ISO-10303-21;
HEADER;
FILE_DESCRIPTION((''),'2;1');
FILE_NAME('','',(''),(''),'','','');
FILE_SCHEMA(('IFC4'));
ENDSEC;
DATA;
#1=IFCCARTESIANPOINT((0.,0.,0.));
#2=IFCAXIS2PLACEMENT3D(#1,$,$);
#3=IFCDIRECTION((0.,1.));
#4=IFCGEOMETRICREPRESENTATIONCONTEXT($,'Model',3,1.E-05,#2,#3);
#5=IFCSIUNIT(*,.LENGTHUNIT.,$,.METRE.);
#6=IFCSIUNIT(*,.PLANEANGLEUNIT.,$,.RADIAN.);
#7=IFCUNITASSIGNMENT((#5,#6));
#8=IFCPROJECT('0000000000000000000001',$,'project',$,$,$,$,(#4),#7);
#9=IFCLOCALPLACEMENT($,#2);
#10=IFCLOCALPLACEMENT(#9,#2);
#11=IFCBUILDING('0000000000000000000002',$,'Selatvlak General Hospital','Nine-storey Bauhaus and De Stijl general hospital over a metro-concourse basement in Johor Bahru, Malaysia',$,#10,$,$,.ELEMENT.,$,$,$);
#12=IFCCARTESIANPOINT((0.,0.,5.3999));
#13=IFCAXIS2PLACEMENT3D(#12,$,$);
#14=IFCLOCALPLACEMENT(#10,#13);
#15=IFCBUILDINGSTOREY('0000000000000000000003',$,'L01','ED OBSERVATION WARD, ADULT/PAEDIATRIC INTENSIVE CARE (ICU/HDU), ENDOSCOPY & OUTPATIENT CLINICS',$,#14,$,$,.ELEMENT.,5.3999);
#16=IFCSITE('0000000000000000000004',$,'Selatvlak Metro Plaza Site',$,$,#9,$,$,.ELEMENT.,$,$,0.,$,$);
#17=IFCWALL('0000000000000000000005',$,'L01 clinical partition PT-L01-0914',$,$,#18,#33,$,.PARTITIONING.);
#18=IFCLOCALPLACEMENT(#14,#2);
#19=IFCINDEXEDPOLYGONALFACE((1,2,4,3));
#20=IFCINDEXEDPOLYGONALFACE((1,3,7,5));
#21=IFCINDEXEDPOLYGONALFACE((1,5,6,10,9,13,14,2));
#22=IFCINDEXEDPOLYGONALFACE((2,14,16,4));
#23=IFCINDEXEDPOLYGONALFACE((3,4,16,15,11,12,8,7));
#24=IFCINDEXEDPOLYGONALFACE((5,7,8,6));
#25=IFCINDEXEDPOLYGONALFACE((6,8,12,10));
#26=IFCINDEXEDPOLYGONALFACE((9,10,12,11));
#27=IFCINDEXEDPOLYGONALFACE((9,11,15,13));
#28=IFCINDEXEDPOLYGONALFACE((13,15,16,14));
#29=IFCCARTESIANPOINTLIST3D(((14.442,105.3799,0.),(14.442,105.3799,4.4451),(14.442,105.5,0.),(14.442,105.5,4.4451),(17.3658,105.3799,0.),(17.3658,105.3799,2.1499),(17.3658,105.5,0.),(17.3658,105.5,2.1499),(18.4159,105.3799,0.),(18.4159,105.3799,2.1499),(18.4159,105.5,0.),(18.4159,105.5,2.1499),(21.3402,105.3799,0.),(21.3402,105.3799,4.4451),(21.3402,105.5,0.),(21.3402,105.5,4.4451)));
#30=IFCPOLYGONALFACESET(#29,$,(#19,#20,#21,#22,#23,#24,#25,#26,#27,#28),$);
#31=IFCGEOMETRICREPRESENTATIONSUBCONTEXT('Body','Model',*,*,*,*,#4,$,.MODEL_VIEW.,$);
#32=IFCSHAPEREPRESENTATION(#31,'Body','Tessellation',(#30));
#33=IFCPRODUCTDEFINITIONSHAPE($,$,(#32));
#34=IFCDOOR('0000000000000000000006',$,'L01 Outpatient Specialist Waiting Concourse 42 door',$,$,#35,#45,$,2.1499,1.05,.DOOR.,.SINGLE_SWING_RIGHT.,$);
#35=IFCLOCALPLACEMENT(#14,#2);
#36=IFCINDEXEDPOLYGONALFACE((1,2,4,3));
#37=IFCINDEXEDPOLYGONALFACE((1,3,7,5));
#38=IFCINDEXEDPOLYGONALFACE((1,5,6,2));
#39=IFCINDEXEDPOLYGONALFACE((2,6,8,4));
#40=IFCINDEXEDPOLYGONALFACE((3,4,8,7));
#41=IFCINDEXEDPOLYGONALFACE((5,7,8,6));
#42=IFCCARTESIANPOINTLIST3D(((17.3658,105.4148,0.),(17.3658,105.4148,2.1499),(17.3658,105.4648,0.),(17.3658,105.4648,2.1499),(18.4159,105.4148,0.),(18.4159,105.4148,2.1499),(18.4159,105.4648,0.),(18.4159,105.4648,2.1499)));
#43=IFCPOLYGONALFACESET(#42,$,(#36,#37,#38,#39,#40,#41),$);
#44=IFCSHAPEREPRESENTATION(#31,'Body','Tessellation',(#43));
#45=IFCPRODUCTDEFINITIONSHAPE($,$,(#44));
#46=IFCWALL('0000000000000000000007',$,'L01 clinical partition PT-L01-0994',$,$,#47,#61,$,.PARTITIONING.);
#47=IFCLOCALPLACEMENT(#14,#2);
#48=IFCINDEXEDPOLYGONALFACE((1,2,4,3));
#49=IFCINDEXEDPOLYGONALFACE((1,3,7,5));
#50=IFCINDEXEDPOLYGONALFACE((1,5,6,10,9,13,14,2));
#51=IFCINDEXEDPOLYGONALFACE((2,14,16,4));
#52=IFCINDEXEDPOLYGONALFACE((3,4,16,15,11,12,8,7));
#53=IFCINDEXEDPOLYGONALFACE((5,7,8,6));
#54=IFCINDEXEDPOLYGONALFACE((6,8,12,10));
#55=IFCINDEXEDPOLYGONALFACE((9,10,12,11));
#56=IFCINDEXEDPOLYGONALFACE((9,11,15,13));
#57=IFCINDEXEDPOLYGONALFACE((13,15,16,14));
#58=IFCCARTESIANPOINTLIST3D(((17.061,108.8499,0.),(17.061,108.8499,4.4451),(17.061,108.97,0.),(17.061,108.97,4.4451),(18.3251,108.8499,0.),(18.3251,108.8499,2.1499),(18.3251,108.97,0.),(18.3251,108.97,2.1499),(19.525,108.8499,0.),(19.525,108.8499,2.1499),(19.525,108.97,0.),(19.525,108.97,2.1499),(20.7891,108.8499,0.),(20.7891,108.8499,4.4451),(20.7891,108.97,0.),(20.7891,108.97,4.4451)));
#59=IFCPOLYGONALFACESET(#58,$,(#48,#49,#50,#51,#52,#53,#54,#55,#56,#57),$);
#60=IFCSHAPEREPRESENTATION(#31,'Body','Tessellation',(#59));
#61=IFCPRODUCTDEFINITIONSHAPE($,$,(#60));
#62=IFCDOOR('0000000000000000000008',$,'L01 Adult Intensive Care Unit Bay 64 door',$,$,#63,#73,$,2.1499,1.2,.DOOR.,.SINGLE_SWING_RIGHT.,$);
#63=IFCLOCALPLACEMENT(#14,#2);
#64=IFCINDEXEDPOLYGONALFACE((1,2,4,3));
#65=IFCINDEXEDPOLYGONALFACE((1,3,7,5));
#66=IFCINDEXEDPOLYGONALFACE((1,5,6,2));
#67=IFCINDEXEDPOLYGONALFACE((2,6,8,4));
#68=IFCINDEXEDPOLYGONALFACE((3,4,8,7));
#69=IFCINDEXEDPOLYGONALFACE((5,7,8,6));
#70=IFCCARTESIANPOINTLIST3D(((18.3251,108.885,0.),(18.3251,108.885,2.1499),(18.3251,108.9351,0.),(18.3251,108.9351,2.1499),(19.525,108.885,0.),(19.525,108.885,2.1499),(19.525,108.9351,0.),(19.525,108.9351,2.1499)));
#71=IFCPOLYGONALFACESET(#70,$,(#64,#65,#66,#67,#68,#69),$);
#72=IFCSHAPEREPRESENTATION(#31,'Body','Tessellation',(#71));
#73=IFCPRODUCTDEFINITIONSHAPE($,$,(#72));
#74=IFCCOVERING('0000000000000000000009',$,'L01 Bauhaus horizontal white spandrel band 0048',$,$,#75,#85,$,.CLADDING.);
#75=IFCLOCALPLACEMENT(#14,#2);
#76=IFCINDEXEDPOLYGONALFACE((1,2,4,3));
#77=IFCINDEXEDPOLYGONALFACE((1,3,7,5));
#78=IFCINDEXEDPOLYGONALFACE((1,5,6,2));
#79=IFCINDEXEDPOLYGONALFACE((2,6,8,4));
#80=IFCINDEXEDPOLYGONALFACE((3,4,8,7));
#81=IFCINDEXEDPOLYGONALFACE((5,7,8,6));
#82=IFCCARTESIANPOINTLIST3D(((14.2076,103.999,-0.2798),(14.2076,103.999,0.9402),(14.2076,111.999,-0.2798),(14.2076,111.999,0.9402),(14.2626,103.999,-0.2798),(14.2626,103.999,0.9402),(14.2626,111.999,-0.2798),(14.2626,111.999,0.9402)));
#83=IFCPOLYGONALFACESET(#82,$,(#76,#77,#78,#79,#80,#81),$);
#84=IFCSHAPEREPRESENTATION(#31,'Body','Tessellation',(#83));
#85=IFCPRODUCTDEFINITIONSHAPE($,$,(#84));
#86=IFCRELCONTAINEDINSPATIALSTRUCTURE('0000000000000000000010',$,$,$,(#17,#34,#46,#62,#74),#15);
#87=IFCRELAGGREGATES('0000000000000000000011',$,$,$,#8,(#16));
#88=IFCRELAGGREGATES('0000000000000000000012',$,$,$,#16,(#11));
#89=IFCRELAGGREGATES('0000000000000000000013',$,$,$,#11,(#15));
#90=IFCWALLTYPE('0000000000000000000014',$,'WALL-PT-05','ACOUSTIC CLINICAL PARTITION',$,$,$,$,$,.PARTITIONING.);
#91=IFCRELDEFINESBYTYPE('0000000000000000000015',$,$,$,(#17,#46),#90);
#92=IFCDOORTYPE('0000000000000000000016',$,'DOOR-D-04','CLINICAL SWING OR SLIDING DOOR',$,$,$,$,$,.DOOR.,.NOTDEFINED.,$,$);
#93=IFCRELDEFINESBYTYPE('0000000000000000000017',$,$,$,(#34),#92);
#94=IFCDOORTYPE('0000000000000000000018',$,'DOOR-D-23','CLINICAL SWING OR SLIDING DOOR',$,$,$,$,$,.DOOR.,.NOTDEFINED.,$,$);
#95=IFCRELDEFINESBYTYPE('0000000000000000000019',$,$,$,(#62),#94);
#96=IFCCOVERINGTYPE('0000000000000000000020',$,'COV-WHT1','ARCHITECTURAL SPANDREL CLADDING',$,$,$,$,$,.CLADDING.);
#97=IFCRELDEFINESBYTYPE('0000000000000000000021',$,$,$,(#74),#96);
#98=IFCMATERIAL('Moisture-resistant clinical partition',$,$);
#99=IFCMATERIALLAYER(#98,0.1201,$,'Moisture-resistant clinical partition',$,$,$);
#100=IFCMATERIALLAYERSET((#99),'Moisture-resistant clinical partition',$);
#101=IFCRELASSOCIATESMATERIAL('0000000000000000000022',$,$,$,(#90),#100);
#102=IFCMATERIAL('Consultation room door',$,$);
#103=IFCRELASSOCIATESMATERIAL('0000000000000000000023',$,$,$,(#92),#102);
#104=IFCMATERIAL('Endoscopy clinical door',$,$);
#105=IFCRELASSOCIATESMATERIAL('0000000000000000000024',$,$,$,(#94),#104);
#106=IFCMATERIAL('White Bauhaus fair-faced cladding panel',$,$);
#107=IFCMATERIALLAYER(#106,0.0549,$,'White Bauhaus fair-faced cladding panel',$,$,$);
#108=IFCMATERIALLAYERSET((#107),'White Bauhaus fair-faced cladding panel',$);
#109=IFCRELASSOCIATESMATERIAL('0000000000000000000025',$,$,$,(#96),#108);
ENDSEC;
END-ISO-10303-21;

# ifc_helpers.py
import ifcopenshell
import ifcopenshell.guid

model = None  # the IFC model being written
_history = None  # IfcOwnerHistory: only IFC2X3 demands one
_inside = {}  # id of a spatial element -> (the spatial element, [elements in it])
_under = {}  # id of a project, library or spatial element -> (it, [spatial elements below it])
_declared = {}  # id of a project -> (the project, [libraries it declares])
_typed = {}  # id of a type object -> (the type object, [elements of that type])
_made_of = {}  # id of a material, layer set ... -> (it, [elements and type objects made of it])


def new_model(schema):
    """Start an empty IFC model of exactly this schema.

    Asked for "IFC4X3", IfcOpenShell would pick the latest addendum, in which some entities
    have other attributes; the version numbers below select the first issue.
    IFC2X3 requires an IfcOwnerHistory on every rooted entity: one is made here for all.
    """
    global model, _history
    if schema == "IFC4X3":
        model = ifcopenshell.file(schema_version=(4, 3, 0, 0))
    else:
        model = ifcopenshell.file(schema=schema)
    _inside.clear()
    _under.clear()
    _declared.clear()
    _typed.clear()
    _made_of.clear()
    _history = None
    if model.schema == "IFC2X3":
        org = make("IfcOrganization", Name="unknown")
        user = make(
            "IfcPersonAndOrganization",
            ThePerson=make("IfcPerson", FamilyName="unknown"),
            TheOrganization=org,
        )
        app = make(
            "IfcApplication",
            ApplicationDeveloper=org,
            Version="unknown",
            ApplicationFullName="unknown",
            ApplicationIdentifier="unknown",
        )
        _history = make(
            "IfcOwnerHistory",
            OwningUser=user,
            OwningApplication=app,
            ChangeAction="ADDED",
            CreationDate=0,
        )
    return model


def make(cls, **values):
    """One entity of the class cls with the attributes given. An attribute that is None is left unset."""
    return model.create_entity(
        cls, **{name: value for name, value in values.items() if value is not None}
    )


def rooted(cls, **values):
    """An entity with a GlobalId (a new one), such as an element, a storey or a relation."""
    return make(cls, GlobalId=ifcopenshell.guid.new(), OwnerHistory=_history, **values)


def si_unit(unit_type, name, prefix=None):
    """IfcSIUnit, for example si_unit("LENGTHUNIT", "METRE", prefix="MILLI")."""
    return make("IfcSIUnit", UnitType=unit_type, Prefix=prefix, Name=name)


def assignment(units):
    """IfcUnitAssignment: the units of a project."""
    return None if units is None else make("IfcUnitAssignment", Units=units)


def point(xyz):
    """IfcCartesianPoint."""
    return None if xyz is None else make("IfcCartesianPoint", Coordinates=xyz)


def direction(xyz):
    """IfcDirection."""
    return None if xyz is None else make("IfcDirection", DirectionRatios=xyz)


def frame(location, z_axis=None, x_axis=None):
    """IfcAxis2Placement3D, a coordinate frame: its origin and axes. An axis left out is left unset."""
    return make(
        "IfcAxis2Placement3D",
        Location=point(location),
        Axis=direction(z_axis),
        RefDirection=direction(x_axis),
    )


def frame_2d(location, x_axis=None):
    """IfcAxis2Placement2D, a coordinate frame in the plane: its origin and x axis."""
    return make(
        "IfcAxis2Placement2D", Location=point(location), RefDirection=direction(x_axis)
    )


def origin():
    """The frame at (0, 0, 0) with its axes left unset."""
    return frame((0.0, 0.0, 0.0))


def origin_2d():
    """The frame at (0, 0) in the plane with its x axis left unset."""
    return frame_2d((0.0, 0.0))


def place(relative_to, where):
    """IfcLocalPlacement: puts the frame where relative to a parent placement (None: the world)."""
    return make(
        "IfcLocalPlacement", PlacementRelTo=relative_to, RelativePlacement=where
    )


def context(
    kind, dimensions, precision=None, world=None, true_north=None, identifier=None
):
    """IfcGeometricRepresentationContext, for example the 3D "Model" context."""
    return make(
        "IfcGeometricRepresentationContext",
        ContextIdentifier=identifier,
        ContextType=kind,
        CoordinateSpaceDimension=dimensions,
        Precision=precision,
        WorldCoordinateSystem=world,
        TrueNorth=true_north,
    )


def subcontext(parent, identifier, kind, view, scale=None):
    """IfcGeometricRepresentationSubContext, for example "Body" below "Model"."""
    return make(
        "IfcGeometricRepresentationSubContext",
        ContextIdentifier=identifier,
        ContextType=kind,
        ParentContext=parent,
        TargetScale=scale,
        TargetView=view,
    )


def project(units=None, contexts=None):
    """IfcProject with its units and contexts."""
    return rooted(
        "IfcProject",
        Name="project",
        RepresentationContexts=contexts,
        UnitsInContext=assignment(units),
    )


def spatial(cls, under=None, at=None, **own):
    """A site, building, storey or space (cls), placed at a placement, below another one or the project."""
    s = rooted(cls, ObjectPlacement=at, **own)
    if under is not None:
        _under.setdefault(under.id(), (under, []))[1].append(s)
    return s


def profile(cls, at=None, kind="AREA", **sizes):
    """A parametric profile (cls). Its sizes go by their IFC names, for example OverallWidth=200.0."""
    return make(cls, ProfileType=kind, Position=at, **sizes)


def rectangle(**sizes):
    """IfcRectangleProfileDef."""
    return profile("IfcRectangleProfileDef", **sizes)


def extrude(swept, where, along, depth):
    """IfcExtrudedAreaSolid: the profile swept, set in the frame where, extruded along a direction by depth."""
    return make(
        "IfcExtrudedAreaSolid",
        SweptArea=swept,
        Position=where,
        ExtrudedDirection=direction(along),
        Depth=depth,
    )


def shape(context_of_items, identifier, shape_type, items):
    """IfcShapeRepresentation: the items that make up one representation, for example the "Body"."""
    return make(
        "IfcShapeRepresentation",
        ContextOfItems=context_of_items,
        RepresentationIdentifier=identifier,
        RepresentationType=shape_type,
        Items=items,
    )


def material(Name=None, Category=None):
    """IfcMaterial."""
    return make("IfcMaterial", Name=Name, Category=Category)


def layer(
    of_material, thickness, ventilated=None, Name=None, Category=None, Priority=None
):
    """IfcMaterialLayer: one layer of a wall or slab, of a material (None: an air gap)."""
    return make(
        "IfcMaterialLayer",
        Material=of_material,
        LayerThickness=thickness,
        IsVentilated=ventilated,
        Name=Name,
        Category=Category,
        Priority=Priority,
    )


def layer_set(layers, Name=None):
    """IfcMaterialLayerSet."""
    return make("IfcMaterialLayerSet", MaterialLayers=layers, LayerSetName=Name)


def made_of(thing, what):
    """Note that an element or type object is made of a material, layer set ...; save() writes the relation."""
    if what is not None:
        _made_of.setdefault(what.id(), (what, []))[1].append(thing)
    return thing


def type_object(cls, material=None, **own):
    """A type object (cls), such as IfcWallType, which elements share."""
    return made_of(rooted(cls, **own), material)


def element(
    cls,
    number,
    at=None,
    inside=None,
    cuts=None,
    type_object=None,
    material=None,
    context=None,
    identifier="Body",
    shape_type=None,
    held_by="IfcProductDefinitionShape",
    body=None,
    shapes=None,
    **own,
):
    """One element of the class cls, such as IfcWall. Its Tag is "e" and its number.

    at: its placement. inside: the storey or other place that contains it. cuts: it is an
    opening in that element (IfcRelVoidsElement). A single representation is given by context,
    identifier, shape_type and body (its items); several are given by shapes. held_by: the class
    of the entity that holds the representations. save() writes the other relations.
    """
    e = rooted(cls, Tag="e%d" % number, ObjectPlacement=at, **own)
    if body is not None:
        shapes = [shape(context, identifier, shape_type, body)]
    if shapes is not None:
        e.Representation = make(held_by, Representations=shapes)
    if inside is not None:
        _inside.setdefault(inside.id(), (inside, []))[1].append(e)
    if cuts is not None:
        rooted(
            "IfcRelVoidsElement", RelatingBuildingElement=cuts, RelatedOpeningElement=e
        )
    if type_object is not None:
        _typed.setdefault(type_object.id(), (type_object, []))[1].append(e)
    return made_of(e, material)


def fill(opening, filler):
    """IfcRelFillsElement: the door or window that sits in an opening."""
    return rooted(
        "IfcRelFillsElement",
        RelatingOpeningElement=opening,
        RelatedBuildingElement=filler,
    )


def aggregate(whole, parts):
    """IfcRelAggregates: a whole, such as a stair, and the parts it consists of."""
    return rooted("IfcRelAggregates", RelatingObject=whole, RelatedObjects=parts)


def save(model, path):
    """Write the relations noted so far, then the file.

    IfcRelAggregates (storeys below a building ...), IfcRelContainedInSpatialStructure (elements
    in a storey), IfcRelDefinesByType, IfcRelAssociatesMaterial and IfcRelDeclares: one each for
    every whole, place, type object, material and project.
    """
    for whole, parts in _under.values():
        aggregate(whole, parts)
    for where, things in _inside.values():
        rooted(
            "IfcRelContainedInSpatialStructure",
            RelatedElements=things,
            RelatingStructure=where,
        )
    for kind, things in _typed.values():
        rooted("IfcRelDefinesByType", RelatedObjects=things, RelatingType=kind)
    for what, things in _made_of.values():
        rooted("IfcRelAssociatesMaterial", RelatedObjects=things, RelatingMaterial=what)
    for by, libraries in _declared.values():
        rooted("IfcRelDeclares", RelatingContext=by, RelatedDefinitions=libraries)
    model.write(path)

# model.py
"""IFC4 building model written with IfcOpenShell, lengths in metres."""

from ifc_helpers import new_model, si_unit, direction, frame, frame_2d, origin, origin_2d, place, context, subcontext, project, spatial, rectangle, extrude, material, layer, layer_set, type_object, element, fill, save


model = new_model("IFC4")

# Units and contexts
model_context = context("Model", 3, precision=1e-05, world=origin(), true_north=direction((0.0, 1.0)))
body_context = subcontext(model_context, "Body", "Model", "MODEL_VIEW")
ifc_project = project(units=[si_unit("LENGTHUNIT", "METRE"), si_unit("PLANEANGLEUNIT", "RADIAN")], contexts=[model_context])

# Site, building, storey
site_placement = place(None, origin())
site = spatial("IfcSite", under=ifc_project, at=site_placement, Name="Selatvlak Metro Plaza Site", CompositionType="ELEMENT", RefElevation=0.0)
building_placement = place(site_placement, origin())
building = spatial("IfcBuilding", under=site, at=building_placement, Name="Selatvlak General Hospital", Description="Nine-storey Bauhaus and De Stijl general hospital over a metro-concourse basement in Johor Bahru, Malaysia", CompositionType="ELEMENT")
storey_placement = place(building_placement, frame((0.0, 0.0, 5.3999)))
storey = spatial("IfcBuildingStorey", under=building, at=storey_placement, Name="L01", Description="ED OBSERVATION WARD, ADULT/PAEDIATRIC INTENSIVE CARE (ICU/HDU), ENDOSCOPY & OUTPATIENT CLINICS", CompositionType="ELEMENT", Elevation=5.3999)

# Shared definitions
ifc_material_1 = material(Name="Moisture-resistant clinical partition")

# Walls, openings, doors
ifc_layer_1 = layer(ifc_material_1, 0.1201, Name="Moisture-resistant clinical partition")
ifc_layer_set_1 = layer_set([ifc_layer_1], Name="Moisture-resistant clinical partition")
wall_type_1 = type_object("IfcWallType", Name="WALL-PT-05", Description="ACOUSTIC CLINICAL PARTITION", PredefinedType="PARTITIONING", material=ifc_layer_set_1)
wall_1_placement = place(storey_placement, frame((14.4419, 105.4399, 0.0), z_axis=(0.0, 0.0, 1.0), x_axis=(1.0, 0.0, 0.0)))
wall_1 = element("IfcWall", 1, at=wall_1_placement, inside=storey, type_object=wall_type_1, Name="L01 clinical partition PT-L01-0914", PredefinedType="PARTITIONING", context=body_context, shape_type="SweptSolid", body=[
    extrude(rectangle(XDim=6.8982, YDim=0.1201, at=frame_2d((3.4492, 0.0))), origin(), (0.0, 0.0, 1.0), 4.4451),
])
opening_1_placement = place(wall_1_placement, frame((2.9241, 0.0, 0.0)))
opening_1 = element("IfcOpeningElement", 2, at=opening_1_placement, cuts=wall_1, PredefinedType="OPENING", context=body_context, shape_type="SweptSolid", body=[
    extrude(rectangle(XDim=1.05, YDim=2.1499, at=frame_2d((0.5249, 1.075))), frame((0.0, 0.0701, 0.0), z_axis=(0.0, -1.0, 0.0), x_axis=(1.0, 0.0, 0.0)), (0.0, 0.0, 1.0), 0.1401),
])
ifc_material_2 = material(Name="Consultation room door")
door_type_1 = type_object("IfcDoorType", Name="DOOR-D-04", Description="CLINICAL SWING OR SLIDING DOOR", OperationType="NOTDEFINED", PredefinedType="DOOR", material=ifc_material_2)
door_1_placement = place(opening_1_placement, origin())
door_1 = element("IfcDoor", 3, at=door_1_placement, inside=storey, type_object=door_type_1, Name="L01 Outpatient Specialist Waiting Concourse 42 door", OperationType="SINGLE_SWING_RIGHT", OverallHeight=2.1499, OverallWidth=1.05, PredefinedType="DOOR", context=body_context, shape_type="SweptSolid", body=[
    extrude(rectangle(XDim=1.05, YDim=2.1499, at=frame_2d((0.5249, 1.075))), frame((0.0, 0.0249, 0.0), z_axis=(0.0, -1.0, 0.0), x_axis=(1.0, 0.0, 0.0)), (0.0, 0.0, 1.0), 0.05),
])
fill(opening_1, door_1)
wall_2_placement = place(storey_placement, frame((20.7891, 108.9099, 0.0), z_axis=(0.0, 0.0, 1.0), x_axis=(-1.0, 0.0, 0.0)))
wall_2 = element("IfcWall", 4, at=wall_2_placement, inside=storey, type_object=wall_type_1, Name="L01 clinical partition PT-L01-0994", PredefinedType="PARTITIONING", context=body_context, shape_type="SweptSolid", body=[
    extrude(rectangle(XDim=3.728, YDim=0.1201, at=frame_2d((1.864, 0.0))), origin(), (0.0, 0.0, 1.0), 4.4451),
])
opening_2_placement = place(wall_2_placement, frame((1.2639, 0.0, 0.0)))
opening_2 = element("IfcOpeningElement", 5, at=opening_2_placement, cuts=wall_2, PredefinedType="OPENING", context=body_context, shape_type="SweptSolid", body=[
    extrude(rectangle(XDim=1.2, YDim=2.1499, at=frame_2d((0.6001, 1.075))), frame((0.0, 0.0701, 0.0), z_axis=(0.0, -1.0, 0.0), x_axis=(1.0, 0.0, 0.0)), (0.0, 0.0, 1.0), 0.1401),
])
ifc_material_3 = material(Name="Endoscopy clinical door")
door_type_2 = type_object("IfcDoorType", Name="DOOR-D-23", Description="CLINICAL SWING OR SLIDING DOOR", OperationType="NOTDEFINED", PredefinedType="DOOR", material=ifc_material_3)
door_2_placement = place(opening_2_placement, origin())
door_2 = element("IfcDoor", 6, at=door_2_placement, inside=storey, type_object=door_type_2, Name="L01 Adult Intensive Care Unit Bay 64 door", OperationType="SINGLE_SWING_RIGHT", OverallHeight=2.1499, OverallWidth=1.2, PredefinedType="DOOR", context=body_context, shape_type="SweptSolid", body=[
    extrude(rectangle(XDim=1.2, YDim=2.1499, at=frame_2d((0.6001, 1.075))), frame((0.0, 0.0249, 0.0), z_axis=(0.0, -1.0, 0.0), x_axis=(1.0, 0.0, 0.0)), (0.0, 0.0, 1.0), 0.05),
])
fill(opening_2, door_2)

# Covering
ifc_material_4 = material(Name="White Bauhaus fair-faced cladding panel")
ifc_layer_2 = layer(ifc_material_4, 0.0549, Name="White Bauhaus fair-faced cladding panel")
ifc_layer_set_2 = layer_set([ifc_layer_2], Name="White Bauhaus fair-faced cladding panel")
covering_type = type_object("IfcCoveringType", Name="COV-WHT1", Description="ARCHITECTURAL SPANDREL CLADDING", PredefinedType="CLADDING", material=ifc_layer_set_2)
covering_placement = place(storey_placement, frame((14.2351, 107.999, -0.2798), z_axis=(0.0, 0.0, 1.0), x_axis=(0.0, 1.0, 0.0)))
element("IfcCovering", 7, at=covering_placement, inside=storey, type_object=covering_type, Name="L01 Bauhaus horizontal white spandrel band 0048", PredefinedType="CLADDING", context=body_context, shape_type="SweptSolid", body=[
    extrude(rectangle(XDim=8.0, YDim=0.0549, at=origin_2d()), origin(), (0.0, 0.0, 1.0), 1.22),
])

save(model, "model.ifc")
